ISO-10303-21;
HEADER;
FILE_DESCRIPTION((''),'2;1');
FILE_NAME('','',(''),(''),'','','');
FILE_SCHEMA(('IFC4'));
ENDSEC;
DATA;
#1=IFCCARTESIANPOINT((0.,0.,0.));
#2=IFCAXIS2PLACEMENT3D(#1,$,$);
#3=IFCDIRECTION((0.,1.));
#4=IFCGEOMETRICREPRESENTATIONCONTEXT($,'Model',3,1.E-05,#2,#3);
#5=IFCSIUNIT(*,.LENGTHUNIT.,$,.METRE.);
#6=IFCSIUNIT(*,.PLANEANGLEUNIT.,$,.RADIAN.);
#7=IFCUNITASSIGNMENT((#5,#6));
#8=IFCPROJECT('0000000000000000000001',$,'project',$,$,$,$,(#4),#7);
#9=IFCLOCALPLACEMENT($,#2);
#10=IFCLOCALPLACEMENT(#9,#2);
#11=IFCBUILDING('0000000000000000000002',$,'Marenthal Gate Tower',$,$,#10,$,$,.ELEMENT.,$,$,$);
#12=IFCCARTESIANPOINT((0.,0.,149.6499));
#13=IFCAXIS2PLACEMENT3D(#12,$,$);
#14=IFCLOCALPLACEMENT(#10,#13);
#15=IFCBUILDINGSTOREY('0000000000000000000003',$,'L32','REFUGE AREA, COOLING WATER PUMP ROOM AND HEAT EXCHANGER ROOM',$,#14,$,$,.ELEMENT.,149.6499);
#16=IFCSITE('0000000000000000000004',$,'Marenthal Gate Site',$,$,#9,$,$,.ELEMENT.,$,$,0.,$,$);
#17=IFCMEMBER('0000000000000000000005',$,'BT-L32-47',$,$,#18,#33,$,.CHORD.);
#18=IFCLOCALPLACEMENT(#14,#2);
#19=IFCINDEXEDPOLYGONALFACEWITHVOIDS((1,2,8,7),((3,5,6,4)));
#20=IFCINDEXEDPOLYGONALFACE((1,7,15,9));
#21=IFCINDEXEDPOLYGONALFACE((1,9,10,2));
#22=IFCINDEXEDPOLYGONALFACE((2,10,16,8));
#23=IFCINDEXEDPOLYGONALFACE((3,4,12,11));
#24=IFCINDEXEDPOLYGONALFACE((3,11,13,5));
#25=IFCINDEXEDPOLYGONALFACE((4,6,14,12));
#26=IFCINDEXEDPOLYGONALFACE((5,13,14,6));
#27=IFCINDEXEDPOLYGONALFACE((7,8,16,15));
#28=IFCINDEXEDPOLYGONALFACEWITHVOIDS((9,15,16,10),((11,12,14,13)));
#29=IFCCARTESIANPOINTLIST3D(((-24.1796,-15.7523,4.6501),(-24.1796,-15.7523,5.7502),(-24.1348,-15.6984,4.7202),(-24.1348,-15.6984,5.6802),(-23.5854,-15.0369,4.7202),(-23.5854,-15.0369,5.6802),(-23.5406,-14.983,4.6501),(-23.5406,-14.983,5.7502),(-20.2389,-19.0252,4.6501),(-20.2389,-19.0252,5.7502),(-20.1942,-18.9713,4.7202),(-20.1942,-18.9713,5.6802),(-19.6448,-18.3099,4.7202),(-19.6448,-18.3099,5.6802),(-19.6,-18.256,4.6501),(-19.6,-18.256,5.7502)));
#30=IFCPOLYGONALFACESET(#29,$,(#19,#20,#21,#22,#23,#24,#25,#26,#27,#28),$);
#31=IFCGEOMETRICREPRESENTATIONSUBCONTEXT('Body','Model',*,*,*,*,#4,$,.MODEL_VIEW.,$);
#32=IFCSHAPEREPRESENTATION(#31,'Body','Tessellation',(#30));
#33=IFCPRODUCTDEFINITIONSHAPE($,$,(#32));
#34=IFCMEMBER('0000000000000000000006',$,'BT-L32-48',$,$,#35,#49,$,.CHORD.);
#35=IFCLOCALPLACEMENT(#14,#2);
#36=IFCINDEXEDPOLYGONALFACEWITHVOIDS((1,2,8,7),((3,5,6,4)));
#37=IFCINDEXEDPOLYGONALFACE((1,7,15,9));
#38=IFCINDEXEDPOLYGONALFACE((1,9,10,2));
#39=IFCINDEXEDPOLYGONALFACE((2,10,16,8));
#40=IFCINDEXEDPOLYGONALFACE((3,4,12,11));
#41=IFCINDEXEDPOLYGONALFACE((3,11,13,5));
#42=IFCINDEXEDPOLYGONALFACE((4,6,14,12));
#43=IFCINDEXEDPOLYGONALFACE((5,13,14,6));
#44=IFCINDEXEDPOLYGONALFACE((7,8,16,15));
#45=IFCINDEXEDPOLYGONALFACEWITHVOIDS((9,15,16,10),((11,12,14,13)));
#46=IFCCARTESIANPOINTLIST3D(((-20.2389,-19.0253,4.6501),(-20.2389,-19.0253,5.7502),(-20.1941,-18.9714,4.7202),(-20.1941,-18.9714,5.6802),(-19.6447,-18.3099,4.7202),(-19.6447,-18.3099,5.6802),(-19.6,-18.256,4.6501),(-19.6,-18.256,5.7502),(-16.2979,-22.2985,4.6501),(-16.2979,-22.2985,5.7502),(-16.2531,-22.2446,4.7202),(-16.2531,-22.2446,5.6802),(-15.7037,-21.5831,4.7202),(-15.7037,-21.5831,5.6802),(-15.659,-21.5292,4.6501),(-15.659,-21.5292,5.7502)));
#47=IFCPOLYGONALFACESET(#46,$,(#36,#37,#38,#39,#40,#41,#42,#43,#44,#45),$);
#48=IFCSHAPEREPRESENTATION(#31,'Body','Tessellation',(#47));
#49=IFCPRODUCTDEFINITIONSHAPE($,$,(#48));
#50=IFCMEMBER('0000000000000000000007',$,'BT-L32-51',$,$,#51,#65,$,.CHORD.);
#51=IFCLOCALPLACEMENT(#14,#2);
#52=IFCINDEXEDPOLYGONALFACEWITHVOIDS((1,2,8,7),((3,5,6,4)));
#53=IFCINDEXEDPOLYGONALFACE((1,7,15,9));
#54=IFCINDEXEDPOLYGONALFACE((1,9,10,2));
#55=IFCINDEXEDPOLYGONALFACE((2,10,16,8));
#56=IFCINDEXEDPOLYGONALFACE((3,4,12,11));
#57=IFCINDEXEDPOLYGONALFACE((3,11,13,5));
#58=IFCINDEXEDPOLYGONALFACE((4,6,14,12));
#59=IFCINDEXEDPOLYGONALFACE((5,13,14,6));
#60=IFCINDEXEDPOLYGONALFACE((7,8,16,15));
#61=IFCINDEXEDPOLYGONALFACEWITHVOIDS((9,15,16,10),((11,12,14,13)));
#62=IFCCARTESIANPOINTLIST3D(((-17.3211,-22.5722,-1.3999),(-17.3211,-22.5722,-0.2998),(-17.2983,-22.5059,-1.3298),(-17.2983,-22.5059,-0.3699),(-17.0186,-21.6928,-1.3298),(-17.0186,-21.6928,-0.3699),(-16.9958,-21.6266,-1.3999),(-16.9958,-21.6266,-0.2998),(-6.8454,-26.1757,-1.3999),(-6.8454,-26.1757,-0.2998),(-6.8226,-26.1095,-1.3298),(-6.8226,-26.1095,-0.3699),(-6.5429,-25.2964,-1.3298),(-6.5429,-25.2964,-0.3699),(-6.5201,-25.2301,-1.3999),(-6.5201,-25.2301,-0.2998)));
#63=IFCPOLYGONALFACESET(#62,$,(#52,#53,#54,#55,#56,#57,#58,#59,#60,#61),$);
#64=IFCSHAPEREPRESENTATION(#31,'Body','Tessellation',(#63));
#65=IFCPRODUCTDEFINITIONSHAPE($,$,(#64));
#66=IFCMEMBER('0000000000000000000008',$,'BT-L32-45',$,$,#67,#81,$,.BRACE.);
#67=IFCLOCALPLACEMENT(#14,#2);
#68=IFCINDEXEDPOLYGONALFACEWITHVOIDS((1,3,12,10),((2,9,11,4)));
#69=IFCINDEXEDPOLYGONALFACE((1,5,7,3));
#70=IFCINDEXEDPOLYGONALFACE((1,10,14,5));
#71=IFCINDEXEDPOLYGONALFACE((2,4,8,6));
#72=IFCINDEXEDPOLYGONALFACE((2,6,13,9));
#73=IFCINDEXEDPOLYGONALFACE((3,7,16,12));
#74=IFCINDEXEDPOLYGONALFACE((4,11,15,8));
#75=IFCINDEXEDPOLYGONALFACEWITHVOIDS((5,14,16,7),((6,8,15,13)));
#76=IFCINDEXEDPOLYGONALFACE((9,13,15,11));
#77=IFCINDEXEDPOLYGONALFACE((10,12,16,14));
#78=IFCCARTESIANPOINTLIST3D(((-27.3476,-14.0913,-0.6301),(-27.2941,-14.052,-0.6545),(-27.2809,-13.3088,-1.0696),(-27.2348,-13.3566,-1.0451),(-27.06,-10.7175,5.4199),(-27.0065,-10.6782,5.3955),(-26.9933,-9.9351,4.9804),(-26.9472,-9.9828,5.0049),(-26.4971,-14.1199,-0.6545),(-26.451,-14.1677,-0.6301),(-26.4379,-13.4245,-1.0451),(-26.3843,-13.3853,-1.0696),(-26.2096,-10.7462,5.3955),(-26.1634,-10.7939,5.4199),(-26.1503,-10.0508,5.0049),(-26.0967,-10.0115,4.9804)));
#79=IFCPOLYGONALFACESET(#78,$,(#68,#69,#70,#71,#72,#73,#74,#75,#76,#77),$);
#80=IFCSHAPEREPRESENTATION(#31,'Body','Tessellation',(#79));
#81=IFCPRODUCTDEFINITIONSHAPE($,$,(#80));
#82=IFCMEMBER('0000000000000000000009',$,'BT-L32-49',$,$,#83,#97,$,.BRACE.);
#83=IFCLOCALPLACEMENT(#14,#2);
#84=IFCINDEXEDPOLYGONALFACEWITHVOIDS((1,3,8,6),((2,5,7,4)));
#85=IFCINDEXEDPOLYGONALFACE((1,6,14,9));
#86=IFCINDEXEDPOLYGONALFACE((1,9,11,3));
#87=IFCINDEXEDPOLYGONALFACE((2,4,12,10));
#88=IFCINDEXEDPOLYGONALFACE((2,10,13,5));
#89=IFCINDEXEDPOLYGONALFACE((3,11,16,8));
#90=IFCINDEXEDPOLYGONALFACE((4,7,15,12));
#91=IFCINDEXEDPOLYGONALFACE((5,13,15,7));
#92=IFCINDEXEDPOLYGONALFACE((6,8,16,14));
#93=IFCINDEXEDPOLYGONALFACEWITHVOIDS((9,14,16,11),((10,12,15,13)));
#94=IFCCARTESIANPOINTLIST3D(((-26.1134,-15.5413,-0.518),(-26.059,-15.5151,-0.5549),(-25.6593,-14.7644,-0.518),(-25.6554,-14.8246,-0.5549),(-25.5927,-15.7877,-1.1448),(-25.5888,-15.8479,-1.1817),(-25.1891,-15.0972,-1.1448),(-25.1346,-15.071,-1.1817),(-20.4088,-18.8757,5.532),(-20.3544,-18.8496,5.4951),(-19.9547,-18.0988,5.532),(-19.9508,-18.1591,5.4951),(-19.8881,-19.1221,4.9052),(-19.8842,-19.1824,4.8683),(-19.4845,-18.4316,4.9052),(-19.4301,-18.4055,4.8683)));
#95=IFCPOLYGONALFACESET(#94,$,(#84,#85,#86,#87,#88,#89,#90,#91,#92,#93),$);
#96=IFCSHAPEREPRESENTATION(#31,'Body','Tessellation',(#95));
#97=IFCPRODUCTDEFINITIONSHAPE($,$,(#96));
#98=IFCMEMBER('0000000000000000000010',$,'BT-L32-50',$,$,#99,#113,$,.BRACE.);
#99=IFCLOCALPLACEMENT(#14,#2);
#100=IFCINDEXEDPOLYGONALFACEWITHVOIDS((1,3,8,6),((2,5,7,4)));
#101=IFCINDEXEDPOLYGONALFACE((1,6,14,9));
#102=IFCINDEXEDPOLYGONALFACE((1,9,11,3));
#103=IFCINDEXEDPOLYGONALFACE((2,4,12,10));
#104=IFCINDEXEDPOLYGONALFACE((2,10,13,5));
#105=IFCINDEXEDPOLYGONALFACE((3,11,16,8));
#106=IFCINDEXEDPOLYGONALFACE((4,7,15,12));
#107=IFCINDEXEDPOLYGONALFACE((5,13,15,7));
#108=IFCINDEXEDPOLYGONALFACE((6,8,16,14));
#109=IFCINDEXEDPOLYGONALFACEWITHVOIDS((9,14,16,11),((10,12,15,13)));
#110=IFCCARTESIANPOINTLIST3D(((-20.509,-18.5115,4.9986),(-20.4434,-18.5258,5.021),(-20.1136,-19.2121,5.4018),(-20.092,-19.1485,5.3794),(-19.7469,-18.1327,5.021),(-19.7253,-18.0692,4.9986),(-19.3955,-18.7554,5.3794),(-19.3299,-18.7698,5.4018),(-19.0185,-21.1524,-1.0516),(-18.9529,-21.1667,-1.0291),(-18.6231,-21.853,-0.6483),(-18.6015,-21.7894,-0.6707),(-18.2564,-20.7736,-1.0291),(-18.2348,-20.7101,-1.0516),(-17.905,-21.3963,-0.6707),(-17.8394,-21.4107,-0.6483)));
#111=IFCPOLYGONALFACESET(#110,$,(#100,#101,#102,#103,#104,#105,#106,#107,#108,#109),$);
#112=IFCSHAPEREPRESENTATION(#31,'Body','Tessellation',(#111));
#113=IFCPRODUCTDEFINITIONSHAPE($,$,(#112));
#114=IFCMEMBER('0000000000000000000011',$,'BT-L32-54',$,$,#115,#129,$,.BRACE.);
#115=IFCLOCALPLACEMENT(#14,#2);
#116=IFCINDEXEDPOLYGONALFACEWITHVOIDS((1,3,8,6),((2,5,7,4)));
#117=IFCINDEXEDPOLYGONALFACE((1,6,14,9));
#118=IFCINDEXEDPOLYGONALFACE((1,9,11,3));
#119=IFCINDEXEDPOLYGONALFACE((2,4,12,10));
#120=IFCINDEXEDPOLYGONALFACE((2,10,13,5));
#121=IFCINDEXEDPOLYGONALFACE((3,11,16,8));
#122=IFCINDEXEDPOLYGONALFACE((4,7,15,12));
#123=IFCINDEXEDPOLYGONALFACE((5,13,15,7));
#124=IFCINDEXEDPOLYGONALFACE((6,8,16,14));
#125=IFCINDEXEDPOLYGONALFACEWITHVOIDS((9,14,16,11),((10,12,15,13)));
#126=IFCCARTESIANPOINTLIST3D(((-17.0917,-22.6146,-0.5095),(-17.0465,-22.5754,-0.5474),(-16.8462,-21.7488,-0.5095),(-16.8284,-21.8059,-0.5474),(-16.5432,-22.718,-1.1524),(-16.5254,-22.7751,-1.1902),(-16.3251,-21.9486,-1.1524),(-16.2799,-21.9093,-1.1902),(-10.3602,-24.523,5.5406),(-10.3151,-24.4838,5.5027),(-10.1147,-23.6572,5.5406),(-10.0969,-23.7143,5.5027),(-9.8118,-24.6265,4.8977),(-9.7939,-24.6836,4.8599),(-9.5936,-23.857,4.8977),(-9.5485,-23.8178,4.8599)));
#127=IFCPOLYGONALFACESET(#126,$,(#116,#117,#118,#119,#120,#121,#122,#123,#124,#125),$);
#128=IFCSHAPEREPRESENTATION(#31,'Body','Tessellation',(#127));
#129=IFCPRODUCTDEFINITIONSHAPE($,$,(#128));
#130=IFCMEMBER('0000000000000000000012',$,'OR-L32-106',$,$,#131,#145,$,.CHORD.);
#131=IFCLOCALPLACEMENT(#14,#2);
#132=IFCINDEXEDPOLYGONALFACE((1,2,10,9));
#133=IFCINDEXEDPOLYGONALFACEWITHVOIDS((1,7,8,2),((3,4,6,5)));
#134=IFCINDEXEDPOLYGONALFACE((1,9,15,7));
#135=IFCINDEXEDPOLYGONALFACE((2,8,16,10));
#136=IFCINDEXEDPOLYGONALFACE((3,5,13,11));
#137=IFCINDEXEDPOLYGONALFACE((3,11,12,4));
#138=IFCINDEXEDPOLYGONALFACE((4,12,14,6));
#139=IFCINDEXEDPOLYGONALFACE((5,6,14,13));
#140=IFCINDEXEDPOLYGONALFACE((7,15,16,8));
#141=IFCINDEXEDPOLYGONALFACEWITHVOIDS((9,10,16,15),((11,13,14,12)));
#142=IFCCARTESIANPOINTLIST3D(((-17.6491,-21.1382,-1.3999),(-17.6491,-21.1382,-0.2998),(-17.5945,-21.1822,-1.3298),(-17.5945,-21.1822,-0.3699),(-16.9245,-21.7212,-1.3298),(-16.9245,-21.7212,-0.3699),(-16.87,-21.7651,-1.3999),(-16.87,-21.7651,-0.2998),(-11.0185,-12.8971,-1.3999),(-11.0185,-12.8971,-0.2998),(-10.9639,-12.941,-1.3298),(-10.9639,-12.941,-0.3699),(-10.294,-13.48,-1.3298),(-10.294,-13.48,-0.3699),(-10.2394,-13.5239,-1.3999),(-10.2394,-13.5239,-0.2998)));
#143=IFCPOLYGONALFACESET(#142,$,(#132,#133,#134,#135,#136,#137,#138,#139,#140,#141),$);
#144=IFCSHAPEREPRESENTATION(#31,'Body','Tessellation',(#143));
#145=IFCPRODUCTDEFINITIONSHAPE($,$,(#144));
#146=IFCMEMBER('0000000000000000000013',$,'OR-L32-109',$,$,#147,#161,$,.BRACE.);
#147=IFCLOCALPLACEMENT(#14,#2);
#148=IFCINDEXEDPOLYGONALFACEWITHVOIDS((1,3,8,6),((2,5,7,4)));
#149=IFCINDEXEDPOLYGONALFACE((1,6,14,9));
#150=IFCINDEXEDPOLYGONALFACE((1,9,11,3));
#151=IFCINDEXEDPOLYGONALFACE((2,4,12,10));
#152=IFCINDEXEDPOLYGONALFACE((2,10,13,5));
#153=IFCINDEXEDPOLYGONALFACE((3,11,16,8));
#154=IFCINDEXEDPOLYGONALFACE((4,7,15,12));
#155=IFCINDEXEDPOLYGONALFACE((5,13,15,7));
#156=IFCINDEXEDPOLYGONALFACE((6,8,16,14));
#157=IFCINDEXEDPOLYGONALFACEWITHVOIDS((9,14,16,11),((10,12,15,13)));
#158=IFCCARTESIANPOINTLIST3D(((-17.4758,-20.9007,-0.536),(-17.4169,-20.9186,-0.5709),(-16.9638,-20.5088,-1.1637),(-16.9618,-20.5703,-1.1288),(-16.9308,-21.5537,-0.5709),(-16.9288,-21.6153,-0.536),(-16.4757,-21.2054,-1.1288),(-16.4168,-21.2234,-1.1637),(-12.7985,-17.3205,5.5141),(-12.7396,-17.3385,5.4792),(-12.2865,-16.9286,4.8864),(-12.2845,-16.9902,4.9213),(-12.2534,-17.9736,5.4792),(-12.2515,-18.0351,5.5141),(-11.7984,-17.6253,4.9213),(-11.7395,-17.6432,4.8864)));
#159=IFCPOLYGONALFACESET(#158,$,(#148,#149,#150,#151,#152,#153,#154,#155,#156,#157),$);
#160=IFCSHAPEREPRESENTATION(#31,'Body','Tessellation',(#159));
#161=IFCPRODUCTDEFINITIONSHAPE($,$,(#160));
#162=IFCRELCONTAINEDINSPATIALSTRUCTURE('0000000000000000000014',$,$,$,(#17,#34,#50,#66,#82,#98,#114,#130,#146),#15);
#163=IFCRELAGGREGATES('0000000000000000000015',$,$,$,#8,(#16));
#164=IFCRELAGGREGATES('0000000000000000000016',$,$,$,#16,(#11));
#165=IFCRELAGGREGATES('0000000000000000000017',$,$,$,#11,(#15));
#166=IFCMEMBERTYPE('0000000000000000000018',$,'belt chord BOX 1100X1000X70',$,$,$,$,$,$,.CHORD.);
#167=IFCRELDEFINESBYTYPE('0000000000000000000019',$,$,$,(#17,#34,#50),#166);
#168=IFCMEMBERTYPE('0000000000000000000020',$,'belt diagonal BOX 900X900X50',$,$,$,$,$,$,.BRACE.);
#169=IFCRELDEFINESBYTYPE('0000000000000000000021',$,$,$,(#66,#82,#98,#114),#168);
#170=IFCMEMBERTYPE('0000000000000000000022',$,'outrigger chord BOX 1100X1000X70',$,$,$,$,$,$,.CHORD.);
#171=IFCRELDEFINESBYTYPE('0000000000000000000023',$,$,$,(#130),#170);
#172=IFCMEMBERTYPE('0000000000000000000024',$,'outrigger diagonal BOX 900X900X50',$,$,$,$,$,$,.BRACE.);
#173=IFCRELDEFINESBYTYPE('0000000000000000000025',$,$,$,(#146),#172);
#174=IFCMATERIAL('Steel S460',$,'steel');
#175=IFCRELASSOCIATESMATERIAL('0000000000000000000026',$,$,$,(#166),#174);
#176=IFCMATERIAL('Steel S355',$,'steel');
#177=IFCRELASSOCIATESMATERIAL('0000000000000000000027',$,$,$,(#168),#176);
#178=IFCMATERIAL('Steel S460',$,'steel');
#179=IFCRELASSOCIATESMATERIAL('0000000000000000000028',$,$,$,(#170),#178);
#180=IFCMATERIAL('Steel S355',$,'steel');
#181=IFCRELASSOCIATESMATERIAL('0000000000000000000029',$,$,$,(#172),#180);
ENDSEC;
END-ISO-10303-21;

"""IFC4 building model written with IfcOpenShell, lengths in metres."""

from ifc_helpers import new_model, si_unit, direction, frame, origin, origin_2d, place, context, subcontext, project, spatial, hollow_rectangle, extrude, material, material_profile, profile_set, type_object, element, save


model = new_model("IFC4")

# Units and contexts
model_context = context("Model", 3, precision=1e-05, world=origin(), true_north=direction((0.0, 1.0)))
body_context = subcontext(model_context, "Body", "Model", "MODEL_VIEW")
ifc_project = project(units=[si_unit("LENGTHUNIT", "METRE"), si_unit("PLANEANGLEUNIT", "RADIAN")], contexts=[model_context])

# Site, building, storey
site_placement = place(None, origin())
site = spatial("IfcSite", under=ifc_project, at=site_placement, Name="Marenthal Gate Site", CompositionType="ELEMENT", RefElevation=0.0)
building_placement = place(site_placement, origin())
building = spatial("IfcBuilding", under=site, at=building_placement, Name="Marenthal Gate Tower", CompositionType="ELEMENT")
storey_placement = place(building_placement, frame((0.0, 0.0, 149.6499)))
storey = spatial("IfcBuildingStorey", under=building, at=storey_placement, Name="L32", Description="REFUGE AREA, COOLING WATER PUMP ROOM AND HEAT EXCHANGER ROOM", CompositionType="ELEMENT", Elevation=149.6499)

# Members
ifc_material_1 = material(Name="Steel S460", Category="steel")
ifc_material_profile_1 = material_profile(ifc_material_1, hollow_rectangle(XDim=1.0, YDim=1.1001, WallThickness=0.0701, at=origin_2d()), Name="BOX 1100X1000X70")
ifc_profile_set_1 = profile_set([ifc_material_profile_1], Name="Steel S460")
member_type_1 = type_object("IfcMemberType", Name="belt chord BOX 1100X1000X70", PredefinedType="CHORD", material=ifc_profile_set_1)
member_1_placement = place(storey_placement, frame((-23.8601, -15.3677, 5.2002), z_axis=(0.769271, -0.638923, 0.0), x_axis=(0.638923, 0.769271, 0.0)))
element("IfcMember", 1, at=member_1_placement, inside=storey, type_object=member_type_1, Name="BT-L32-47", PredefinedType="CHORD", context=body_context, shape_type="SweptSolid", body=[
    extrude(hollow_rectangle(XDim=1.0, YDim=1.1001, WallThickness=0.0701, at=origin_2d()), origin(), (0.0, 0.0, 1.0), 5.1226),
])
member_2_placement = place(storey_placement, frame((-19.9194, -18.6406, 5.2002), z_axis=(0.769267, -0.638927, 0.0), x_axis=(0.638927, 0.769267, 0.0)))
element("IfcMember", 2, at=member_2_placement, inside=storey, type_object=member_type_1, Name="BT-L32-48", PredefinedType="CHORD", context=body_context, shape_type="SweptSolid", body=[
    extrude(hollow_rectangle(XDim=1.0, YDim=1.1001, WallThickness=0.0701, at=origin_2d()), origin(), (0.0, 0.0, 1.0), 5.123),
])
member_3_placement = place(storey_placement, frame((-17.1584, -22.0994, -0.8499), z_axis=(0.945616, -0.325284, 0.0), x_axis=(0.325284, 0.945616, 0.0)))
element("IfcMember", 3, at=member_3_placement, inside=storey, type_object=member_type_1, Name="BT-L32-51", PredefinedType="CHORD", context=body_context, shape_type="SweptSolid", body=[
    extrude(hollow_rectangle(XDim=1.0, YDim=1.1001, WallThickness=0.0701, at=origin_2d()), origin(), (0.0, 0.0, 1.0), 11.0781),
])
ifc_material_2 = material(Name="Steel S355", Category="steel")
ifc_material_profile_2 = material_profile(ifc_material_2, hollow_rectangle(XDim=0.8999, YDim=0.8999, WallThickness=0.05, at=origin_2d()), Name="BOX 900X900X50")
ifc_profile_set_2 = profile_set([ifc_material_profile_2], Name="Steel S355")
member_type_2 = type_object("IfcMemberType", Name="belt diagonal BOX 900X900X50", PredefinedType="BRACE", material=ifc_profile_set_2)
member_4_placement = place(storey_placement, frame((-26.5784, -10.3645, 5.2002), z_axis=(-0.041482, -0.486618, -0.87263), x_axis=(0.996386, -0.084937, 0.0)))
element("IfcMember", 4, at=member_4_placement, inside=storey, type_object=member_type_2, Name="BT-L32-45", PredefinedType="BRACE", context=body_context, shape_type="SweptSolid", body=[
    extrude(hollow_rectangle(XDim=0.8999, YDim=0.8999, WallThickness=0.05, at=origin_2d()), origin(), (0.0, 0.0, 1.0), 6.9331),
])
member_5_placement = place(storey_placement, frame((-25.624, -15.3062, -0.8499), z_axis=(0.636742, -0.372191, 0.675302), x_axis=(0.504638, 0.863331, 0.0)))
element("IfcMember", 5, at=member_5_placement, inside=storey, type_object=member_type_2, Name="BT-L32-49", PredefinedType="BRACE", context=body_context, shape_type="SweptSolid", body=[
    extrude(hollow_rectangle(XDim=0.8999, YDim=0.8999, WallThickness=0.05, at=origin_2d()), origin(), (0.0, 0.0, 1.0), 8.959),
])
member_6_placement = place(storey_placement, frame((-19.9194, -18.6406, 5.2002), z_axis=(0.220241, -0.390229, -0.893988), x_axis=(0.870872, 0.491511, 0.0)))
element("IfcMember", 6, at=member_6_placement, inside=storey, type_object=member_type_2, Name="BT-L32-50", PredefinedType="BRACE", context=body_context, shape_type="SweptSolid", body=[
    extrude(hollow_rectangle(XDim=0.8999, YDim=0.8999, WallThickness=0.05, at=origin_2d()), origin(), (0.0, 0.0, 1.0), 6.7676),
])
member_7_placement = place(storey_placement, frame((-16.6858, -22.262, -0.8499), z_axis=(0.727745, -0.206325, 0.654078), x_axis=(0.272762, 0.962082, 0.0)))
element("IfcMember", 7, at=member_7_placement, inside=storey, type_object=member_type_2, Name="BT-L32-54", PredefinedType="BRACE", context=body_context, shape_type="SweptSolid", body=[
    extrude(hollow_rectangle(XDim=0.8999, YDim=0.8999, WallThickness=0.05, at=origin_2d()), origin(), (0.0, 0.0, 1.0), 9.2498),
])
ifc_material_3 = material(Name="Steel S460", Category="steel")
ifc_material_profile_3 = material_profile(ifc_material_3, hollow_rectangle(XDim=1.0, YDim=1.1001, WallThickness=0.0701, at=origin_2d()), Name="BOX 1100X1000X70")
ifc_profile_set_3 = profile_set([ifc_material_profile_3], Name="Steel S460")
member_type_3 = type_object("IfcMemberType", Name="outrigger chord BOX 1100X1000X70", PredefinedType="CHORD", material=ifc_profile_set_3)
member_8_placement = place(storey_placement, frame((-17.2595, -21.4517, -0.8499), z_axis=(0.626863, 0.77913, 0.0), x_axis=(-0.77913, 0.626863, 0.0)))
element("IfcMember", 8, at=member_8_placement, inside=storey, type_object=member_type_3, Name="OR-L32-106", PredefinedType="CHORD", context=body_context, shape_type="SweptSolid", body=[
    extrude(hollow_rectangle(XDim=1.0, YDim=1.1001, WallThickness=0.0701, at=origin_2d()), origin(), (0.0, 0.0, 1.0), 10.5774),
])
ifc_material_4 = material(Name="Steel S355", Category="steel")
ifc_material_profile_4 = material_profile(ifc_material_4, hollow_rectangle(XDim=0.8999, YDim=0.8999, WallThickness=0.05, at=origin_2d()), Name="BOX 900X900X50")
ifc_profile_set_4 = profile_set([ifc_material_profile_4], Name="Steel S355")
member_type_4 = type_object("IfcMemberType", Name="outrigger diagonal BOX 900X900X50", PredefinedType="BRACE", material=ifc_profile_set_4)
member_9_placement = place(storey_placement, frame((-16.9463, -21.062, -0.8499), z_axis=(0.553931, 0.423992, 0.716513), x_axis=(-0.60781, 0.794082, 0.0)))
element("IfcMember", 9, at=member_9_placement, inside=storey, type_object=member_type_4, Name="OR-L32-109", PredefinedType="BRACE", context=body_context, shape_type="SweptSolid", body=[
    extrude(hollow_rectangle(XDim=0.8999, YDim=0.8999, WallThickness=0.05, at=origin_2d()), origin(), (0.0, 0.0, 1.0), 8.4438),
])

save(model, "model.ifc")
